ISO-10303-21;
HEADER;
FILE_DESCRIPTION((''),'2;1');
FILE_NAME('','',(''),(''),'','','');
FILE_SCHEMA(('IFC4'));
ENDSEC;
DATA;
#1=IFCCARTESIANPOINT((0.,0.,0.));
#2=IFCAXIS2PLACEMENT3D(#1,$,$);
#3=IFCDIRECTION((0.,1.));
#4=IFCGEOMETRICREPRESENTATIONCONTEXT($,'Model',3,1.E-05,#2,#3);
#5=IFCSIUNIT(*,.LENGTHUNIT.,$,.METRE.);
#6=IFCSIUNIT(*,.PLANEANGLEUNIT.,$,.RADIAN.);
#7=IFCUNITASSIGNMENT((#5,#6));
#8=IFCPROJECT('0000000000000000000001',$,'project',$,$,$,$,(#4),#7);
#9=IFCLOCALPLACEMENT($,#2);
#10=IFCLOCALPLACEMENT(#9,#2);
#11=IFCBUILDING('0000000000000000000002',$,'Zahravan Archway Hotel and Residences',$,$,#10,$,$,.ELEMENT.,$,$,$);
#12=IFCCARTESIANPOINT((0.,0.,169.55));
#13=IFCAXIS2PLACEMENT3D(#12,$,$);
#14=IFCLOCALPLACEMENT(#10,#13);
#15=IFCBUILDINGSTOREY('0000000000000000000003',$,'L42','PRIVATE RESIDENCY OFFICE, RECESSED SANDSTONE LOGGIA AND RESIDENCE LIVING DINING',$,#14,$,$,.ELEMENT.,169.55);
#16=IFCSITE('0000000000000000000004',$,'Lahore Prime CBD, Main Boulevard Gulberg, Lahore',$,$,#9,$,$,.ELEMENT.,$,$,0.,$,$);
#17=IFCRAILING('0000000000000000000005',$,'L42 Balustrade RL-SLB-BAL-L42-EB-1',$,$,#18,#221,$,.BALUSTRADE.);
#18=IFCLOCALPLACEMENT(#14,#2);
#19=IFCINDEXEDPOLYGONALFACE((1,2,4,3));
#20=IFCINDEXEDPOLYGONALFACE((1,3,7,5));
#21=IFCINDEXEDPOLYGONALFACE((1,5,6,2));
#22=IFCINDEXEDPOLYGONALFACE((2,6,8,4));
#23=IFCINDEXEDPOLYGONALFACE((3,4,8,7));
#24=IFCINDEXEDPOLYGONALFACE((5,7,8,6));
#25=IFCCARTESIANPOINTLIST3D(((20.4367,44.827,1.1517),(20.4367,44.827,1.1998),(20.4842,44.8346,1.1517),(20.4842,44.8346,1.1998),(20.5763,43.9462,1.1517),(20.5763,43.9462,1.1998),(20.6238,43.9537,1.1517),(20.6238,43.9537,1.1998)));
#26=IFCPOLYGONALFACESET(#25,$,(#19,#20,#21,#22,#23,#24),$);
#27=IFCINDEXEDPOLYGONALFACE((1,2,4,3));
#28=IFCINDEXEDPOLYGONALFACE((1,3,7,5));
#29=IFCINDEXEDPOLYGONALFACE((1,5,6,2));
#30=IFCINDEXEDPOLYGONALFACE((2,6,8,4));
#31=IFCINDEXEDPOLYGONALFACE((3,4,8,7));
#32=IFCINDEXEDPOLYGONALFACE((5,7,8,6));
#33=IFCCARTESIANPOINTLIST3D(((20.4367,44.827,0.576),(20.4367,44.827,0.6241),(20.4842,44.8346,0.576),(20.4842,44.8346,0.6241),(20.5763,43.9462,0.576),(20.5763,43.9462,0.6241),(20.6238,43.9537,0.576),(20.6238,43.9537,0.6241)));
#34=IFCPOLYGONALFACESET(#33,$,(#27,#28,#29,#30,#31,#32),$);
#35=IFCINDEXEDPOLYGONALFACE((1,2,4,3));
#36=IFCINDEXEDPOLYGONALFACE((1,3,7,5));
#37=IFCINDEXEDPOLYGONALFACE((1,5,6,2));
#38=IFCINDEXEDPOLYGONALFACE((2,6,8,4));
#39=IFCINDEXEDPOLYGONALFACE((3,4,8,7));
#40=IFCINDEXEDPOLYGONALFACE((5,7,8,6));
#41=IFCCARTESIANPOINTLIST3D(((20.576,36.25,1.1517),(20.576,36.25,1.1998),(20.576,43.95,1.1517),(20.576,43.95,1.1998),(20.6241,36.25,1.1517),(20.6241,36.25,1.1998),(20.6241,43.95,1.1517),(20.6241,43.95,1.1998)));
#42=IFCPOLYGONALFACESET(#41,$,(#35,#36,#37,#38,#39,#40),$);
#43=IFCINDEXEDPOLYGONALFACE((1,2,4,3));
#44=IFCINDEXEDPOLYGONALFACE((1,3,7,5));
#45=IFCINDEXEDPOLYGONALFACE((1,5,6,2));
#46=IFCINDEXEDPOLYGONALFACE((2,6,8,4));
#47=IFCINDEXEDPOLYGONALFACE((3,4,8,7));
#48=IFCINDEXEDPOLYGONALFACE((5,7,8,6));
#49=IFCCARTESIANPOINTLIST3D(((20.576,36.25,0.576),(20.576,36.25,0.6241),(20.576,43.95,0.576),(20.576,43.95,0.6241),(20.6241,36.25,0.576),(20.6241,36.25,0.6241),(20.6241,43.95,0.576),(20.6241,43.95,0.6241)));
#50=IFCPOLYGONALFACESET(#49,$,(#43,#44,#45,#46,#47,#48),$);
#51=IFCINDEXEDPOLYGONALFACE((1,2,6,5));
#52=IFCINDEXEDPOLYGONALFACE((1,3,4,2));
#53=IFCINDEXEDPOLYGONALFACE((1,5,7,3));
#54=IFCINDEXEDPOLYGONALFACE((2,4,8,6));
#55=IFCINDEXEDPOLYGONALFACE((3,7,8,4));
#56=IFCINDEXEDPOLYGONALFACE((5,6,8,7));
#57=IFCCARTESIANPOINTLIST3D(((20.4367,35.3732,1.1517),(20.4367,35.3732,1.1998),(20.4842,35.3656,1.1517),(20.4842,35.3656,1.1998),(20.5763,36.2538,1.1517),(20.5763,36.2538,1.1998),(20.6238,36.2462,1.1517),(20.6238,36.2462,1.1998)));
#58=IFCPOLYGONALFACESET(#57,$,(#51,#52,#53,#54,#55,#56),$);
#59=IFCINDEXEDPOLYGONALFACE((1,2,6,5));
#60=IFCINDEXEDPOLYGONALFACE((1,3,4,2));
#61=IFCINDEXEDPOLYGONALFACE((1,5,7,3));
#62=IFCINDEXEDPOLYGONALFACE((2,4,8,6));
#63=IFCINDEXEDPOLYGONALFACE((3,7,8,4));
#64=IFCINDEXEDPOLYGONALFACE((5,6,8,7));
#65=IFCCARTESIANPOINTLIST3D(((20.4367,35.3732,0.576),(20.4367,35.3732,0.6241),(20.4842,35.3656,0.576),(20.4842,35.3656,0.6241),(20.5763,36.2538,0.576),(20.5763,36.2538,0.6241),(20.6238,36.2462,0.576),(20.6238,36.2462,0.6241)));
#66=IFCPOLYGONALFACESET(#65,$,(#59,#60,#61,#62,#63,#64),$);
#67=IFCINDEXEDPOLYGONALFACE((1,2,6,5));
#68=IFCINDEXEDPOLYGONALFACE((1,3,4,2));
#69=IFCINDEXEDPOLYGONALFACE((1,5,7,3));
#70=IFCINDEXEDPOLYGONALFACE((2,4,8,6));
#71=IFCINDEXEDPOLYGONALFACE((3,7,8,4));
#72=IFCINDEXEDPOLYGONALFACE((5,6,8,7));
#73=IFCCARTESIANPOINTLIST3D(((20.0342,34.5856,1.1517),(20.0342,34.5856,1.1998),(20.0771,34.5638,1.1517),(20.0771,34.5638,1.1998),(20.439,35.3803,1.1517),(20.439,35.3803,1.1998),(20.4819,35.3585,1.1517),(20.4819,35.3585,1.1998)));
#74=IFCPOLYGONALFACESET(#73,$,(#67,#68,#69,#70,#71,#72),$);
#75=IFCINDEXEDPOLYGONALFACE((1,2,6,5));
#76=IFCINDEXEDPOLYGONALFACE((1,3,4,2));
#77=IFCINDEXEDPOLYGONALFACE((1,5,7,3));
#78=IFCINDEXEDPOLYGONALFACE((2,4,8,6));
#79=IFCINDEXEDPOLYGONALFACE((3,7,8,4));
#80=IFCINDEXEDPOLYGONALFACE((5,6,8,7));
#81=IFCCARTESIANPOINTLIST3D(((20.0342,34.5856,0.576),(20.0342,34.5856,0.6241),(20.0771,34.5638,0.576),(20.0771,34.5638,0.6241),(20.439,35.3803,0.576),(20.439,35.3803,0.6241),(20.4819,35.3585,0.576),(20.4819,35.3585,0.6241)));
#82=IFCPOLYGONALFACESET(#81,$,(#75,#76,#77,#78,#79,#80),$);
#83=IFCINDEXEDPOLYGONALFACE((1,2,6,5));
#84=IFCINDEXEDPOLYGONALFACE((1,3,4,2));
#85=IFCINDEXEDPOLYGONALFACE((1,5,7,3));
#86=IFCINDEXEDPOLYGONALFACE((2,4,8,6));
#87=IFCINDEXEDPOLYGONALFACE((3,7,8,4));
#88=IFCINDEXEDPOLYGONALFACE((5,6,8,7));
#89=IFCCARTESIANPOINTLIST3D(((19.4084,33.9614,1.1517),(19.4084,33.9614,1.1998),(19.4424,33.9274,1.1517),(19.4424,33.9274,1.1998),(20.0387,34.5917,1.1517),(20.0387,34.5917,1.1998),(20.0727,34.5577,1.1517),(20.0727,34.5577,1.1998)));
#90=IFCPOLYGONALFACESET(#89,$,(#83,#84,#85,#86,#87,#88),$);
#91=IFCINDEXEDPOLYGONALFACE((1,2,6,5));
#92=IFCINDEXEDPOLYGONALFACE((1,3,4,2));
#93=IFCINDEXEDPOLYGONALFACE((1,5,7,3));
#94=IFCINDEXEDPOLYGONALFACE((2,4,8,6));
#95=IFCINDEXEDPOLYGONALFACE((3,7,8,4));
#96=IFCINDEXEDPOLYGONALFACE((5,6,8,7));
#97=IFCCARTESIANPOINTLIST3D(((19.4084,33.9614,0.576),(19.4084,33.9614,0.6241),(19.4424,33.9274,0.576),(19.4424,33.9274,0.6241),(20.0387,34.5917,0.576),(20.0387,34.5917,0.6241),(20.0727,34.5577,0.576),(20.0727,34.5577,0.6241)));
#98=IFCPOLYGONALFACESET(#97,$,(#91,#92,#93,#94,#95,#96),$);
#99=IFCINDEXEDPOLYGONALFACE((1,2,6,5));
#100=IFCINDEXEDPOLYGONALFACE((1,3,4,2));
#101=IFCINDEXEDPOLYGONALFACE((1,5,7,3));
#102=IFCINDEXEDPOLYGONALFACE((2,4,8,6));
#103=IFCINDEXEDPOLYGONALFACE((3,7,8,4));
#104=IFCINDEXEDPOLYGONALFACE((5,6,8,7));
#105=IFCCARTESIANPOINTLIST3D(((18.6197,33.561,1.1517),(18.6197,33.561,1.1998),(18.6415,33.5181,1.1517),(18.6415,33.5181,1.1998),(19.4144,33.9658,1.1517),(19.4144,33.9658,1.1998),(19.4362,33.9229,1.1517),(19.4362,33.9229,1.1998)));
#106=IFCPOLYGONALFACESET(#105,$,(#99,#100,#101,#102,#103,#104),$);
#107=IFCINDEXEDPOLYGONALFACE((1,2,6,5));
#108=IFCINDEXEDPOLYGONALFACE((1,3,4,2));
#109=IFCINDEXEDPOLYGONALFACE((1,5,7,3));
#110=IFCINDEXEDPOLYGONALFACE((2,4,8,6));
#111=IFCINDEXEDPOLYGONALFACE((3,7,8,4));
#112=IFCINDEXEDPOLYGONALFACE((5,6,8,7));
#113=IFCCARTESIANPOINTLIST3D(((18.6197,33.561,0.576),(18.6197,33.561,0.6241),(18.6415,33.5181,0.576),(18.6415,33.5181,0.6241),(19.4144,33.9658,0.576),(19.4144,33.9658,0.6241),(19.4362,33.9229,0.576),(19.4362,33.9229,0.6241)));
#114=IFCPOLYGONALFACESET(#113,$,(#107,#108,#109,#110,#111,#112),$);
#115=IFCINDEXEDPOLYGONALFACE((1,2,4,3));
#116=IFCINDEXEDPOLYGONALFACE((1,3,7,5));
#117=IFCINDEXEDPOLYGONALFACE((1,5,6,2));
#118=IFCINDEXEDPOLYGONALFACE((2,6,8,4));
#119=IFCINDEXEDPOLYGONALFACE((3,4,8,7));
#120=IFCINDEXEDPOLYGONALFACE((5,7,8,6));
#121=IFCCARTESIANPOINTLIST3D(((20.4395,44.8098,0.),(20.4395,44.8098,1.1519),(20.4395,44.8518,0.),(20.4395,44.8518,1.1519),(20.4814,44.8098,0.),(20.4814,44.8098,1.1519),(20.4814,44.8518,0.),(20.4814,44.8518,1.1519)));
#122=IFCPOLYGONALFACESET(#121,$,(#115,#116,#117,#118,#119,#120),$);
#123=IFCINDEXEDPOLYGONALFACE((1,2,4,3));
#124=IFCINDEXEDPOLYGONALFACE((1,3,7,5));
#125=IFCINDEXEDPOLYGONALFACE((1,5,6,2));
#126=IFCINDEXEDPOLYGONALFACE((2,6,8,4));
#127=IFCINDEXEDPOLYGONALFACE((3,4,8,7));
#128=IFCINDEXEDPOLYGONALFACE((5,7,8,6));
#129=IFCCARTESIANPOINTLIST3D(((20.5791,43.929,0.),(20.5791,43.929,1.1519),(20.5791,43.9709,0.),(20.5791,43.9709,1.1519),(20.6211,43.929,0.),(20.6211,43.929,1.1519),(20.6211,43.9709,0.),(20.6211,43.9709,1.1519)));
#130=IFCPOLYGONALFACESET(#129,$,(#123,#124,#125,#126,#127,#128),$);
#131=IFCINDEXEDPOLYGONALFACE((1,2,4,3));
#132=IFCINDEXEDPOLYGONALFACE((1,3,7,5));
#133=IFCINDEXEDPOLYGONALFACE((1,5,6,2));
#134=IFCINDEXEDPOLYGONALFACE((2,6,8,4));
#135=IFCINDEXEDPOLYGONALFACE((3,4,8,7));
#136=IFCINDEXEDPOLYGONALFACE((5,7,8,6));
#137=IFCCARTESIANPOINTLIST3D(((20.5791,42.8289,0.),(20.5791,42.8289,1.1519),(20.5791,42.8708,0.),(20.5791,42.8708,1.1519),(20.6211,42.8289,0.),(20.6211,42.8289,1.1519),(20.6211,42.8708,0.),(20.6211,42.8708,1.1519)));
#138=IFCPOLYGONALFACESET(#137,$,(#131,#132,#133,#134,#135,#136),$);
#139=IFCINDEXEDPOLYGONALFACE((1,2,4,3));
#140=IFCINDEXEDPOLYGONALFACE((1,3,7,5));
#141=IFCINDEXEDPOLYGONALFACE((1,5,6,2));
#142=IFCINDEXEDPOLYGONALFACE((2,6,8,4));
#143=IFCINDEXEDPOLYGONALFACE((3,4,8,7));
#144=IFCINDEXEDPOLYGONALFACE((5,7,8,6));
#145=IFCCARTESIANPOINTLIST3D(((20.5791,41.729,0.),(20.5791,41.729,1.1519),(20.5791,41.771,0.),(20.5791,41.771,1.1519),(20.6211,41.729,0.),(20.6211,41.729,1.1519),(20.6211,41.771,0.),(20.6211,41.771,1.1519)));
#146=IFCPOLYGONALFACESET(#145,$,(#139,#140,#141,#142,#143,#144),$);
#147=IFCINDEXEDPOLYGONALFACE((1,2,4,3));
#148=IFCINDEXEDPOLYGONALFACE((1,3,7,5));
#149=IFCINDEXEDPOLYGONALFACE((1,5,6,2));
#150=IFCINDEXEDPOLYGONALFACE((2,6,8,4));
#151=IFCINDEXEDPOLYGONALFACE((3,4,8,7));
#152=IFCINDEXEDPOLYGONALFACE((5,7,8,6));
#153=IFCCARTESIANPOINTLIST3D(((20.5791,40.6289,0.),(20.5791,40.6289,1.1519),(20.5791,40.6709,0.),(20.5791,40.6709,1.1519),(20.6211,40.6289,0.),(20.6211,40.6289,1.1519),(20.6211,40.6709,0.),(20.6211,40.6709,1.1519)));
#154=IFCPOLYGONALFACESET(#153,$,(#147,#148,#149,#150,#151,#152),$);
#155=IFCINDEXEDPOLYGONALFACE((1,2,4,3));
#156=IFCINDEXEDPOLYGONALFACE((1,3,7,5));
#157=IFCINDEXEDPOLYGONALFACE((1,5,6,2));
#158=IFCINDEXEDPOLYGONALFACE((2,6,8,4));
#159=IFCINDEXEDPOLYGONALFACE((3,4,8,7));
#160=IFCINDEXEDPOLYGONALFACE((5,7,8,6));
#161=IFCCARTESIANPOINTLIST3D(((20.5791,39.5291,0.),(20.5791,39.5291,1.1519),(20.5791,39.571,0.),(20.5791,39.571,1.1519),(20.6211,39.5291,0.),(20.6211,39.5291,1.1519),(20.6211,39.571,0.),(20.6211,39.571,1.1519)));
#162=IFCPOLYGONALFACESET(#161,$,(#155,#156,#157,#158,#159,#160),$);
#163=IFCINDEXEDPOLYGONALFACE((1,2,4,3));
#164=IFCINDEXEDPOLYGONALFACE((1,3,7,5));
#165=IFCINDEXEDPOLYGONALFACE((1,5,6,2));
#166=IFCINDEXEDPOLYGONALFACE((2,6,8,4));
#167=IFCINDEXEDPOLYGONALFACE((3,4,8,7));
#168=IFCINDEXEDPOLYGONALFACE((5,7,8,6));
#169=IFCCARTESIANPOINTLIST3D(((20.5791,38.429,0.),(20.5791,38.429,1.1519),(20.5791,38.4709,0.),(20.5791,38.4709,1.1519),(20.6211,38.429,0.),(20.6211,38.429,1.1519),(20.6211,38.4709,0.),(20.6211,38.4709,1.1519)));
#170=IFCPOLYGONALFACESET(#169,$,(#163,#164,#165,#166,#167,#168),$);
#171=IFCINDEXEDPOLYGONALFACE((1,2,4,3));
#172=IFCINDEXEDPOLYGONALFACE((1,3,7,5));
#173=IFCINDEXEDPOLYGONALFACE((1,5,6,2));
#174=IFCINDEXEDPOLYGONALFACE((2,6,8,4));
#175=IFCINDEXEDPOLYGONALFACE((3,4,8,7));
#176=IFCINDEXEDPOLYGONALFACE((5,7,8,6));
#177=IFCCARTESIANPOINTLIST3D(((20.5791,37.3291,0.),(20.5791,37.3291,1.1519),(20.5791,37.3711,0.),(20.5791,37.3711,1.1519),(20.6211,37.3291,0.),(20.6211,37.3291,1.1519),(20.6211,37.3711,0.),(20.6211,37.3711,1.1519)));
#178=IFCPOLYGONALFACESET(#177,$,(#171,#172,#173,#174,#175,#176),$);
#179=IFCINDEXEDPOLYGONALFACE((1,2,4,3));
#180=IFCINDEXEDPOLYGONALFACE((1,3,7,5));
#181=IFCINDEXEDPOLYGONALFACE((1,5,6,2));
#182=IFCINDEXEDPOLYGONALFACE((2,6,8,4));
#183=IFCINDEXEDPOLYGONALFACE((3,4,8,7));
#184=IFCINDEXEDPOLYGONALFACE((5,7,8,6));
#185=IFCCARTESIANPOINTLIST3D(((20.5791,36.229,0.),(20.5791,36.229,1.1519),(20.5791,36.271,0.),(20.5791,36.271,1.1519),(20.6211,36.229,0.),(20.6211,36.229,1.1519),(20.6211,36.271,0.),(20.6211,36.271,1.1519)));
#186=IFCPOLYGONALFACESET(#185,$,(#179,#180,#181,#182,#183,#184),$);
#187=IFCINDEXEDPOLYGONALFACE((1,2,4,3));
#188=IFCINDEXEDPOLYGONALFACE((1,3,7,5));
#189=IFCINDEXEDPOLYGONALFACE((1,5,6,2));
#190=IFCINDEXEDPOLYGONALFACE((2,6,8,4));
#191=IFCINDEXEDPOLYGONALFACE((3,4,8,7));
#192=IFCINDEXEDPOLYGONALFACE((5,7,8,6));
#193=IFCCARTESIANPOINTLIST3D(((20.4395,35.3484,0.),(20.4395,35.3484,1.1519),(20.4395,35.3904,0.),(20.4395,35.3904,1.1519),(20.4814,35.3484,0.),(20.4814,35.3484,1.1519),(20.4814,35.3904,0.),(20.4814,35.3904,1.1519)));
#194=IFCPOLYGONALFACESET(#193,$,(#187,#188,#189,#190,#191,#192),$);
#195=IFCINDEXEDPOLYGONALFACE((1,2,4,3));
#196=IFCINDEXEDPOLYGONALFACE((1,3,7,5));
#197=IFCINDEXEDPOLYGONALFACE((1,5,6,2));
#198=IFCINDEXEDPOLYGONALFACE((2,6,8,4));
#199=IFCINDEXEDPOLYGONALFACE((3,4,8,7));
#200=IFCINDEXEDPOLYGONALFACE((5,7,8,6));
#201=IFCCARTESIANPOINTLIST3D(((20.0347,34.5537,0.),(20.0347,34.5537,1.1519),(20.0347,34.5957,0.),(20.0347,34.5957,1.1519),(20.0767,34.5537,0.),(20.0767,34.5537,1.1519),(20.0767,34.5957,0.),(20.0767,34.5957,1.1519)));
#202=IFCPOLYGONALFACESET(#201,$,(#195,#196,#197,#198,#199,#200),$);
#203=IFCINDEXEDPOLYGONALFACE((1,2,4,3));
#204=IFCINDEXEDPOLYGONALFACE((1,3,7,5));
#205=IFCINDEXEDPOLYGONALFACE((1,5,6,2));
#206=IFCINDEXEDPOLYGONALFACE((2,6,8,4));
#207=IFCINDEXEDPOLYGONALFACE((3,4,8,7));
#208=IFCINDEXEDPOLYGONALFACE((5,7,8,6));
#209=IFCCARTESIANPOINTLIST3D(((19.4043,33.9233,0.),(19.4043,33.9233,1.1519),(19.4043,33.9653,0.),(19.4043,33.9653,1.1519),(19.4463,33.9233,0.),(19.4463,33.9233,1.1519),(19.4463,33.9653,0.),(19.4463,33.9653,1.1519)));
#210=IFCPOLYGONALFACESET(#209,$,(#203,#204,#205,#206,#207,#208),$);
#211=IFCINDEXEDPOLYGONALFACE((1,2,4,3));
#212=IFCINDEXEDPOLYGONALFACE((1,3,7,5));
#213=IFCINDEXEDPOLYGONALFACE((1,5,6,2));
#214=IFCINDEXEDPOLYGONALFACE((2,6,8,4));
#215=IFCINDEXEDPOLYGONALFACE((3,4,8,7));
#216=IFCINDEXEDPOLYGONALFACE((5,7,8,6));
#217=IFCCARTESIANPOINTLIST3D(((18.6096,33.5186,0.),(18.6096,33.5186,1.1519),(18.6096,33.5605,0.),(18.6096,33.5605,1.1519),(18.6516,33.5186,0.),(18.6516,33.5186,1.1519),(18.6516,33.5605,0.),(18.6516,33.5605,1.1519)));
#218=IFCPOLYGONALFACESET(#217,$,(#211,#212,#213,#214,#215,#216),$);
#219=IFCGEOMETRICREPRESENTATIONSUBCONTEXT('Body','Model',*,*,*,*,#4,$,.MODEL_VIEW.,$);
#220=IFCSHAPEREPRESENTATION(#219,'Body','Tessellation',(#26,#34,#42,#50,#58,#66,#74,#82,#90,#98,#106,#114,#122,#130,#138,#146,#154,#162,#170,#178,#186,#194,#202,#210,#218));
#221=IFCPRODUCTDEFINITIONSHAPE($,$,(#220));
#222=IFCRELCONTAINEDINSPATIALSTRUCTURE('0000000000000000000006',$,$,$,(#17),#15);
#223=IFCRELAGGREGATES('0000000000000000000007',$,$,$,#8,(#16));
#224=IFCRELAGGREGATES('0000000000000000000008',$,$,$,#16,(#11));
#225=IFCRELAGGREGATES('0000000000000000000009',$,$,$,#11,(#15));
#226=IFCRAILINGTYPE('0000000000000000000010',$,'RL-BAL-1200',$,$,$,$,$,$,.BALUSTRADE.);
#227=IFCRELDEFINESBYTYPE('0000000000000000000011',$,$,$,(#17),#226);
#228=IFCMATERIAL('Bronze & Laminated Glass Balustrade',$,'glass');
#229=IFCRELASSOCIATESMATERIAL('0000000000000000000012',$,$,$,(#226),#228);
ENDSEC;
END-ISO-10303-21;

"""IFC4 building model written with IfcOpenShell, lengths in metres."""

from ifc_helpers import new_model, si_unit, direction, frame, origin, origin_2d, place, context, subcontext, project, spatial, rectangle, extrude, material, type_object, element, save


model = new_model("IFC4")

# Units and contexts
model_context = context("Model", 3, precision=1e-05, world=origin(), true_north=direction((0.0, 1.0)))
body_context = subcontext(model_context, "Body", "Model", "MODEL_VIEW")
ifc_project = project(units=[si_unit("LENGTHUNIT", "METRE"), si_unit("PLANEANGLEUNIT", "RADIAN")], contexts=[model_context])

# Site, building, storey
site_placement = place(None, origin())
site = spatial("IfcSite", under=ifc_project, at=site_placement, Name="Lahore Prime CBD, Main Boulevard Gulberg, Lahore", CompositionType="ELEMENT", RefElevation=0.0)
building_placement = place(site_placement, origin())
building = spatial("IfcBuilding", under=site, at=building_placement, Name="Zahravan Archway Hotel and Residences", CompositionType="ELEMENT")
storey_placement = place(building_placement, frame((0.0, 0.0, 169.55)))
storey = spatial("IfcBuildingStorey", under=building, at=storey_placement, Name="L42", Description="PRIVATE RESIDENCY OFFICE, RECESSED SANDSTONE LOGGIA AND RESIDENCE LIVING DINING", CompositionType="ELEMENT", Elevation=169.55)

# Railing
ifc_material_1 = material(Name="Bronze & Laminated Glass Balustrade", Category="glass")
railing_type = type_object("IfcRailingType", Name="RL-BAL-1200", PredefinedType="BALUSTRADE", material=ifc_material_1)
railing_placement = place(storey_placement, frame((20.4604, 44.8308, 0.0)))
element("IfcRailing", 1, at=railing_placement, inside=storey, type_object=railing_type, Name="L42 Balustrade RL-SLB-BAL-L42-EB-1", PredefinedType="BALUSTRADE", context=body_context, shape_type="SweptSolid", body=[
    extrude(rectangle(XDim=0.0481, YDim=0.0481, at=origin_2d()), frame((0.0, 0.0, 1.1758), z_axis=(0.156581, -0.987665, 0.0), x_axis=(0.987665, 0.156581, 0.0)), (0.0, 0.0, 1.0), 0.8918),
    extrude(rectangle(XDim=0.0481, YDim=0.0481, at=origin_2d()), frame((0.0, 0.0, 0.6001), z_axis=(0.156581, -0.987665, 0.0), x_axis=(0.987665, 0.156581, 0.0)), (0.0, 0.0, 1.0), 0.8918),
    extrude(rectangle(XDim=0.0481, YDim=0.0481, at=origin_2d()), frame((0.1396, -0.8809, 1.1758), z_axis=(0.0, -1.0, 0.0), x_axis=(1.0, 0.0, 0.0)), (0.0, 0.0, 1.0), 7.7),
    extrude(rectangle(XDim=0.0481, YDim=0.0481, at=origin_2d()), frame((0.1396, -0.8809, 0.6001), z_axis=(0.0, -1.0, 0.0), x_axis=(1.0, 0.0, 0.0)), (0.0, 0.0, 1.0), 7.7),
    extrude(rectangle(XDim=0.0481, YDim=0.0481, at=origin_2d()), frame((0.1396, -8.5808, 1.1758), z_axis=(-0.156623, -0.987658, 0.0), x_axis=(0.987658, -0.156623, 0.0)), (0.0, 0.0, 1.0), 0.8916),
    extrude(rectangle(XDim=0.0481, YDim=0.0481, at=origin_2d()), frame((0.1396, -8.5808, 0.6001), z_axis=(-0.156623, -0.987658, 0.0), x_axis=(0.987658, -0.156623, 0.0)), (0.0, 0.0, 1.0), 0.8916),
    extrude(rectangle(XDim=0.0481, YDim=0.0481, at=origin_2d()), frame((0.0, -9.4614, 1.1758), z_axis=(-0.453881, -0.891062, 0.0), x_axis=(0.891062, -0.453881, 0.0)), (0.0, 0.0, 1.0), 0.8918),
    extrude(rectangle(XDim=0.0481, YDim=0.0481, at=origin_2d()), frame((0.0, -9.4614, 0.6001), z_axis=(-0.453881, -0.891062, 0.0), x_axis=(0.891062, -0.453881, 0.0)), (0.0, 0.0, 1.0), 0.8918),
    extrude(rectangle(XDim=0.0481, YDim=0.0481, at=origin_2d()), frame((-0.4048, -10.2561, 1.1758), z_axis=(-0.707107, -0.707107, 0.0), x_axis=(0.707107, -0.707107, 0.0)), (0.0, 0.0, 1.0), 0.8914),
    extrude(rectangle(XDim=0.0481, YDim=0.0481, at=origin_2d()), frame((-0.4048, -10.2561, 0.6001), z_axis=(-0.707107, -0.707107, 0.0), x_axis=(0.707107, -0.707107, 0.0)), (0.0, 0.0, 1.0), 0.8914),
    extrude(rectangle(XDim=0.0481, YDim=0.0481, at=origin_2d()), frame((-1.0352, -10.8865, 1.1758), z_axis=(-0.891062, -0.453881, 0.0), x_axis=(0.453881, -0.891062, 0.0)), (0.0, 0.0, 1.0), 0.8918),
    extrude(rectangle(XDim=0.0481, YDim=0.0481, at=origin_2d()), frame((-1.0352, -10.8865, 0.6001), z_axis=(-0.891062, -0.453881, 0.0), x_axis=(0.453881, -0.891062, 0.0)), (0.0, 0.0, 1.0), 0.8918),
    extrude(rectangle(XDim=0.042, YDim=0.042, at=origin_2d()), origin(), (0.0, 0.0, 1.0), 1.1519),
    extrude(rectangle(XDim=0.042, YDim=0.042, at=origin_2d()), frame((0.1396, -0.8809, 0.0)), (0.0, 0.0, 1.0), 1.1519),
    extrude(rectangle(XDim=0.042, YDim=0.042, at=origin_2d()), frame((0.1396, -1.981, 0.0)), (0.0, 0.0, 1.0), 1.1519),
    extrude(rectangle(XDim=0.042, YDim=0.042, at=origin_2d()), frame((0.1396, -3.0808, 0.0)), (0.0, 0.0, 1.0), 1.1519),
    extrude(rectangle(XDim=0.042, YDim=0.042, at=origin_2d()), frame((0.1396, -4.1809, 0.0)), (0.0, 0.0, 1.0), 1.1519),
    extrude(rectangle(XDim=0.042, YDim=0.042, at=origin_2d()), frame((0.1396, -5.2808, 0.0)), (0.0, 0.0, 1.0), 1.1519),
    extrude(rectangle(XDim=0.042, YDim=0.042, at=origin_2d()), frame((0.1396, -6.3809, 0.0)), (0.0, 0.0, 1.0), 1.1519),
    extrude(rectangle(XDim=0.042, YDim=0.042, at=origin_2d()), frame((0.1396, -7.4807, 0.0)), (0.0, 0.0, 1.0), 1.1519),
    extrude(rectangle(XDim=0.042, YDim=0.042, at=origin_2d()), frame((0.1396, -8.5808, 0.0)), (0.0, 0.0, 1.0), 1.1519),
    extrude(rectangle(XDim=0.042, YDim=0.042, at=origin_2d()), frame((0.0, -9.4614, 0.0)), (0.0, 0.0, 1.0), 1.1519),
    extrude(rectangle(XDim=0.042, YDim=0.042, at=origin_2d()), frame((-0.4048, -10.2561, 0.0)), (0.0, 0.0, 1.0), 1.1519),
    extrude(rectangle(XDim=0.042, YDim=0.042, at=origin_2d()), frame((-1.0352, -10.8865, 0.0)), (0.0, 0.0, 1.0), 1.1519),
    extrude(rectangle(XDim=0.042, YDim=0.042, at=origin_2d()), frame((-1.8298, -11.2913, 0.0)), (0.0, 0.0, 1.0), 1.1519),
])

save(model, "model.ifc")
